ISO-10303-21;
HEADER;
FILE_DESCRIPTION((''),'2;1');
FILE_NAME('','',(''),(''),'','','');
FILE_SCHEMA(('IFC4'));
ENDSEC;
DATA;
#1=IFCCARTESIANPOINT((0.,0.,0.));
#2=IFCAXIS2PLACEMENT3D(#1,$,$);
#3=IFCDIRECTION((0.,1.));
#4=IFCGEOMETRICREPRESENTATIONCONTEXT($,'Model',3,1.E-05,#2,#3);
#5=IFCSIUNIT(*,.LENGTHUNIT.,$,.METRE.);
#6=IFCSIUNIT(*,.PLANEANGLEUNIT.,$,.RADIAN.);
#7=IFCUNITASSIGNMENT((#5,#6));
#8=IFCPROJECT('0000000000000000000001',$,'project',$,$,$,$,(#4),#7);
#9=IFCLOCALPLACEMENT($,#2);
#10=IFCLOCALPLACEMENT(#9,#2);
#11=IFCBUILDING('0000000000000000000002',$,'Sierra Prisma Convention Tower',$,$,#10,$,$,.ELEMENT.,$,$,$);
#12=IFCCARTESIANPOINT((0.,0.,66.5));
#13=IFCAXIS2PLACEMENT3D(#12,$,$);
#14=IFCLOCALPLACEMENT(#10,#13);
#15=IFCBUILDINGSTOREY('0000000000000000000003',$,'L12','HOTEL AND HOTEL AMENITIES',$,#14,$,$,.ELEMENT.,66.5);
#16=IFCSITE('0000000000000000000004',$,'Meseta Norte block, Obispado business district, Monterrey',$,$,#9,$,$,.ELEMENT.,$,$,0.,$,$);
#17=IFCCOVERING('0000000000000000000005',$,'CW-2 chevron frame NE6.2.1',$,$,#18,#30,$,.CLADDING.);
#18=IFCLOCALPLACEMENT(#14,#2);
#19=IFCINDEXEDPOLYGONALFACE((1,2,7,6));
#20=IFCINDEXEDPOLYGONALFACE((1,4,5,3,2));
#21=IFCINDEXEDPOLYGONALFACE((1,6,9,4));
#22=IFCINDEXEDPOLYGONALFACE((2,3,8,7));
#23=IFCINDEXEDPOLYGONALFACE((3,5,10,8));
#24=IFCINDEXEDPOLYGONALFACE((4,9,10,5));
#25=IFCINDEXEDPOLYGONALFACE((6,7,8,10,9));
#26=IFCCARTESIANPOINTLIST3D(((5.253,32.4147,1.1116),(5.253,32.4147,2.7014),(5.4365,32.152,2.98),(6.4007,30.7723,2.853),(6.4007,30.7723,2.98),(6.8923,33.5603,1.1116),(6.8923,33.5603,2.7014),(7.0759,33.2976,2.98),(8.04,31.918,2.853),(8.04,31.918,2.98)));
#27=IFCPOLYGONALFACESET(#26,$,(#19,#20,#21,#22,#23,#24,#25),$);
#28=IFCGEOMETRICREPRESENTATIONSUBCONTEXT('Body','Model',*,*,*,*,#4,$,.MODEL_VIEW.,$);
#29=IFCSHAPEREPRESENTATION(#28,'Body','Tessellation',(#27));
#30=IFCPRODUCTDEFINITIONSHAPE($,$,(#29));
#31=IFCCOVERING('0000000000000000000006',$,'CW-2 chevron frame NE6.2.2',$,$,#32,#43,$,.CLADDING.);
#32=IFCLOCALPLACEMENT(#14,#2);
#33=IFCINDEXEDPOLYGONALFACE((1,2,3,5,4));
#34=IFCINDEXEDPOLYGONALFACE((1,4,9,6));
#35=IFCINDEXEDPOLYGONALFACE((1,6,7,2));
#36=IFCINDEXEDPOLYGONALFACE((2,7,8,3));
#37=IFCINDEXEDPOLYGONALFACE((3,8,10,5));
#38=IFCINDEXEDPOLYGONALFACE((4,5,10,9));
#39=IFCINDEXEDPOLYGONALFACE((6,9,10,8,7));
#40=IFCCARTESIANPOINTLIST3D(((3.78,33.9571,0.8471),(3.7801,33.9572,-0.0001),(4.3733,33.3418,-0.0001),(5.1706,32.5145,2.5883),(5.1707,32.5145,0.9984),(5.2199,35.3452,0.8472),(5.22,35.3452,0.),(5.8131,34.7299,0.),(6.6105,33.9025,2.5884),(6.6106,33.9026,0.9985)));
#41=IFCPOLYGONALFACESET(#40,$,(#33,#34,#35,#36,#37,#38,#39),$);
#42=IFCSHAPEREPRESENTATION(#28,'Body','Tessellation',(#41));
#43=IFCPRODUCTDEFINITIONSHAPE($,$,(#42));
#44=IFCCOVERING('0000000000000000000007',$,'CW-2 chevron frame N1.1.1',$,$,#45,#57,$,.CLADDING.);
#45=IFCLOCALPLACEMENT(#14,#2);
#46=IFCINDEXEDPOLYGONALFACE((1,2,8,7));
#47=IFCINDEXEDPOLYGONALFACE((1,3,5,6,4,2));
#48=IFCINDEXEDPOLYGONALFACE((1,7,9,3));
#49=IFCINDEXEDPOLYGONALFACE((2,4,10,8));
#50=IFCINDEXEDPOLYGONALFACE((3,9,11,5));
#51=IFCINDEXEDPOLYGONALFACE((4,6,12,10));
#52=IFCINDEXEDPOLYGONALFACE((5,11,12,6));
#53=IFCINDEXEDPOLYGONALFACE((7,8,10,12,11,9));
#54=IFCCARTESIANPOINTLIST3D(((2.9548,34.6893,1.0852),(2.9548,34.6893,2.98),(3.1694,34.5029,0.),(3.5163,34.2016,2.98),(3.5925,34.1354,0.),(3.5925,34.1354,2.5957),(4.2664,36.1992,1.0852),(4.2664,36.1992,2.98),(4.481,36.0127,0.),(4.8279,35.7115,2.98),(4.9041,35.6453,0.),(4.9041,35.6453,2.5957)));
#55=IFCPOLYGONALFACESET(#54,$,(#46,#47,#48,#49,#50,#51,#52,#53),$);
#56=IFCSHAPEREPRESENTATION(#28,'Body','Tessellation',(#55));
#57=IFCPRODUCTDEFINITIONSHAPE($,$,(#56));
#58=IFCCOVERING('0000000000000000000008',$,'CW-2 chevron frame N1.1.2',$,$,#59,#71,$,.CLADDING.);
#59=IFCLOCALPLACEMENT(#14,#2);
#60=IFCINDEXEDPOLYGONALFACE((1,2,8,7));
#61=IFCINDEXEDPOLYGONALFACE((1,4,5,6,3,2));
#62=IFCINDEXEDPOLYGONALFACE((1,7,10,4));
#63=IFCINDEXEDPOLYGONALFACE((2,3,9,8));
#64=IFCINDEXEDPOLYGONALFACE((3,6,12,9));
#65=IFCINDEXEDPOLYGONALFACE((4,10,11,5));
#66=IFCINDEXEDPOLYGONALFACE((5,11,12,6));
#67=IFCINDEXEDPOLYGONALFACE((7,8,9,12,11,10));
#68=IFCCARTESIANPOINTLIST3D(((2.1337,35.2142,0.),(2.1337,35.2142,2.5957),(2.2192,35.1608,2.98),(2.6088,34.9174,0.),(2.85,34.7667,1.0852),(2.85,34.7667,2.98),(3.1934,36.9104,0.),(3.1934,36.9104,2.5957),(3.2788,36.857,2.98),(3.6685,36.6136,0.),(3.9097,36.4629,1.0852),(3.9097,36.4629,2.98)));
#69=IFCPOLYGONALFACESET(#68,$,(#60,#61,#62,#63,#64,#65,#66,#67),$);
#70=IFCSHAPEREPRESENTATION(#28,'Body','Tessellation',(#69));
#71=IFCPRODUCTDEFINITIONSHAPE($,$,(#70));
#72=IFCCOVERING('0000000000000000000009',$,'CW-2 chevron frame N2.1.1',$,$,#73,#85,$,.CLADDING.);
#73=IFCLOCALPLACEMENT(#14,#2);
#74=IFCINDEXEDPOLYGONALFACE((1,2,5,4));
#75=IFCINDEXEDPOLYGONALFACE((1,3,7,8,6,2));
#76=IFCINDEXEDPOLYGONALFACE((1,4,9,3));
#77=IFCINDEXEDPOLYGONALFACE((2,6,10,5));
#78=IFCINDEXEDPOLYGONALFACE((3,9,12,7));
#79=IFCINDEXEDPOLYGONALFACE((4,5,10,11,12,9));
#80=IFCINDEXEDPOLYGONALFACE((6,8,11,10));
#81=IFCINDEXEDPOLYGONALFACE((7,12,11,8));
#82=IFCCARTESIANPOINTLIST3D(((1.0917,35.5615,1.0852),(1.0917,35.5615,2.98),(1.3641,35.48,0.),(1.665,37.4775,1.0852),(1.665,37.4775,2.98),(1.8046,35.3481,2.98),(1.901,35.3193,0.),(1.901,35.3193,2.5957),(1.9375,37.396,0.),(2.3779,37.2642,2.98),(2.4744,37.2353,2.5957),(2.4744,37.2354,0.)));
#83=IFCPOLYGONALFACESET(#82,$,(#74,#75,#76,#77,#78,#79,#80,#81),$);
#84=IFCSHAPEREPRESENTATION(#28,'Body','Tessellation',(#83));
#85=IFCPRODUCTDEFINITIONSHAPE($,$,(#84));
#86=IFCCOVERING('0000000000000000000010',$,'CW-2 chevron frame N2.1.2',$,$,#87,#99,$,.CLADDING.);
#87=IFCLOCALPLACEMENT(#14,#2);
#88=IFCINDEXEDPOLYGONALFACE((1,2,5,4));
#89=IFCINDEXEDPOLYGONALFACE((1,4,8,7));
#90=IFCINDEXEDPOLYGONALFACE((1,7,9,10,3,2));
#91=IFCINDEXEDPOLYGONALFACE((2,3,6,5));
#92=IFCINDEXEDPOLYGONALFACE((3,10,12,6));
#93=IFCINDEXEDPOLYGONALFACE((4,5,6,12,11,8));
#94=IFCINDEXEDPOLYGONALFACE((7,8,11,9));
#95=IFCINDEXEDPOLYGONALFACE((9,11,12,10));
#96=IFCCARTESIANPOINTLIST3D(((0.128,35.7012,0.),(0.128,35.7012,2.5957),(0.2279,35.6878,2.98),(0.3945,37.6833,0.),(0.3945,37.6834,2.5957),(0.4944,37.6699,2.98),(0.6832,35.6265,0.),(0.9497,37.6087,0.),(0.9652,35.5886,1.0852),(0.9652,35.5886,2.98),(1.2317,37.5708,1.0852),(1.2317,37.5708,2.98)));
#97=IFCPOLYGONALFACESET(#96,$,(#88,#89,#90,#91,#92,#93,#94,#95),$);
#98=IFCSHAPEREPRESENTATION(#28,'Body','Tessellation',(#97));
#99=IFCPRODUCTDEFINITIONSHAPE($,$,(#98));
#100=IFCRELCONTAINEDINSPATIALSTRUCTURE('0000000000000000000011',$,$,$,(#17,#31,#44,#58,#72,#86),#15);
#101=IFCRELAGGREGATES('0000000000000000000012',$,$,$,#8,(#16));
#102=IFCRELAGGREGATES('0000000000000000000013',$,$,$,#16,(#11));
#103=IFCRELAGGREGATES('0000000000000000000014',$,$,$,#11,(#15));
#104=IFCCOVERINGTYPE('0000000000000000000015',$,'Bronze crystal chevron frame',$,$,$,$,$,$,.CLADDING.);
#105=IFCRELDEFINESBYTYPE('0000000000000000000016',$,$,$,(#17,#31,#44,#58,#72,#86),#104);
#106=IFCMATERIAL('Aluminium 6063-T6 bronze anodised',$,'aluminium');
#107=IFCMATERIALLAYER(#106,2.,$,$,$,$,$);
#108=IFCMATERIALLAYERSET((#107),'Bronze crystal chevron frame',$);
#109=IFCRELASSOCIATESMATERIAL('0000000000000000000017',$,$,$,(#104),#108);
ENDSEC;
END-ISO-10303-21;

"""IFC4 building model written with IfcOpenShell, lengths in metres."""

from ifc_helpers import new_model, si_unit, direction, frame, origin, place, context, subcontext, project, spatial, polyline, outline, extrude, material, layer, layer_set, type_object, element, save


model = new_model("IFC4")

# Units and contexts
model_context = context("Model", 3, precision=1e-05, world=origin(), true_north=direction((0.0, 1.0)))
body_context = subcontext(model_context, "Body", "Model", "MODEL_VIEW")
ifc_project = project(units=[si_unit("LENGTHUNIT", "METRE"), si_unit("PLANEANGLEUNIT", "RADIAN")], contexts=[model_context])

# Site, building, storey
site_placement = place(None, origin())
site = spatial("IfcSite", under=ifc_project, at=site_placement, Name="Meseta Norte block, Obispado business district, Monterrey", CompositionType="ELEMENT", RefElevation=0.0)
building_placement = place(site_placement, origin())
building = spatial("IfcBuilding", under=site, at=building_placement, Name="Sierra Prisma Convention Tower", CompositionType="ELEMENT")
storey_placement = place(building_placement, frame((0.0, 0.0, 66.5)))
storey = spatial("IfcBuildingStorey", under=building, at=storey_placement, Name="L12", Description="HOTEL AND HOTEL AMENITIES", CompositionType="ELEMENT", Elevation=66.5)

# Coverings
ifc_material_1 = material(Name="Aluminium 6063-T6 bronze anodised", Category="aluminium")
ifc_layer_1 = layer(ifc_material_1, 2.0)
ifc_layer_set_1 = layer_set([ifc_layer_1], Name="Bronze crystal chevron frame")
covering_type = type_object("IfcCoveringType", Name="Bronze crystal chevron frame", PredefinedType="CLADDING", material=ifc_layer_set_1)
covering_1_placement = place(storey_placement, frame((8.04, 31.918, 2.98), z_axis=(0.819684, 0.572815, -0.000007), x_axis=(-0.000005, -0.000004, -1.0)))
element("IfcCovering", 1, at=covering_1_placement, inside=storey, type_object=covering_type, Name="CW-2 chevron frame NE6.2.1", PredefinedType="CLADDING", context=body_context, shape_type="SweptSolid", body=[
    extrude(outline(polyline([(0.0, 0.0), (0.127, 0.0), (1.8684, 2.0036), (0.2786, 2.0036), (0.0, 1.6831), (0.0, 0.0)])), origin(), (0.0, 0.0, -1.0), 2.0),
])
covering_2_placement = place(storey_placement, frame((5.22, 35.3452, 0.0), z_axis=(0.719946, 0.69403, 0.000051), x_axis=(-0.000037, -0.000036, 1.0)))
element("IfcCovering", 2, at=covering_2_placement, inside=storey, type_object=covering_type, Name="CW-2 chevron frame NE6.2.2", PredefinedType="CLADDING", context=body_context, shape_type="SweptSolid", body=[
    extrude(outline(polyline([(0.0, 0.0), (0.8472, 0.0), (2.5884, 2.0037), (0.9985, 2.0037), (0.0, 0.8547), (0.0, 0.0)])), origin(), (0.0, 0.0, -1.0), 2.0),
])
covering_3_placement = place(storey_placement, frame((4.9041, 35.6453, 0.0), z_axis=(0.655786, 0.754947, -0.000013), x_axis=(-0.754947, 0.655786, 0.0)))
element("IfcCovering", 3, at=covering_3_placement, inside=storey, type_object=covering_type, Name="CW-2 chevron frame N1.1.1", PredefinedType="CLADDING", context=body_context, shape_type="SweptSolid", body=[
    extrude(outline(polyline([(0.0, 0.0), (0.5604, 0.0), (0.8447, 1.0852), (0.8447, 2.98), (0.1009, 2.98), (0.0, 2.5957), (0.0, 0.0)])), origin(), (0.0, 0.0, -1.0), 2.0),
])
covering_4_placement = place(storey_placement, frame((3.9097, 36.4629, 2.98), z_axis=(0.529848, 0.848092, 0.000003), x_axis=(0.000002, 0.000003, -1.0)))
element("IfcCovering", 4, at=covering_4_placement, inside=storey, type_object=covering_type, Name="CW-2 chevron frame N1.1.2", PredefinedType="CLADDING", context=body_context, shape_type="SweptSolid", body=[
    extrude(outline(polyline([(0.0, 0.0), (1.8948, 0.0), (2.98, 0.2844), (2.98, 0.8446), (0.3843, 0.8446), (0.0, 0.7438), (0.0, 0.0)])), origin(), (0.0, 0.0, -1.0), 2.0),
])
covering_5_placement = place(storey_placement, frame((2.4744, 37.2354, 0.0), z_axis=(0.286687, 0.958024, 0.000007), x_axis=(-0.958024, 0.286687, 0.0)))
element("IfcCovering", 5, at=covering_5_placement, inside=storey, type_object=covering_type, Name="CW-2 chevron frame N2.1.1", PredefinedType="CLADDING", context=body_context, shape_type="SweptSolid", body=[
    extrude(outline(polyline([(0.0, 0.0), (0.5604, 0.0), (0.8448, 1.0852), (0.8448, 2.98), (0.1006, 2.98), (0.0, 2.5957), (0.0, 0.0)])), origin(), (0.0, 0.0, -1.0), 2.0),
])
covering_6_placement = place(storey_placement, frame((1.2317, 37.5708, 2.98), z_axis=(0.133258, 0.991081, -0.000012), x_axis=(-0.000002, -0.000012, -1.0)))
element("IfcCovering", 6, at=covering_6_placement, inside=storey, type_object=covering_type, Name="CW-2 chevron frame N2.1.2", PredefinedType="CLADDING", context=body_context, shape_type="SweptSolid", body=[
    extrude(outline(polyline([(0.0, 0.0), (1.8948, 0.0), (2.98, 0.2845), (2.98, 0.8447), (0.3843, 0.8447), (0.0, 0.7439), (0.0, 0.0)])), origin(), (0.0, 0.0, -1.0), 2.0),
])

save(model, "model.ifc")
